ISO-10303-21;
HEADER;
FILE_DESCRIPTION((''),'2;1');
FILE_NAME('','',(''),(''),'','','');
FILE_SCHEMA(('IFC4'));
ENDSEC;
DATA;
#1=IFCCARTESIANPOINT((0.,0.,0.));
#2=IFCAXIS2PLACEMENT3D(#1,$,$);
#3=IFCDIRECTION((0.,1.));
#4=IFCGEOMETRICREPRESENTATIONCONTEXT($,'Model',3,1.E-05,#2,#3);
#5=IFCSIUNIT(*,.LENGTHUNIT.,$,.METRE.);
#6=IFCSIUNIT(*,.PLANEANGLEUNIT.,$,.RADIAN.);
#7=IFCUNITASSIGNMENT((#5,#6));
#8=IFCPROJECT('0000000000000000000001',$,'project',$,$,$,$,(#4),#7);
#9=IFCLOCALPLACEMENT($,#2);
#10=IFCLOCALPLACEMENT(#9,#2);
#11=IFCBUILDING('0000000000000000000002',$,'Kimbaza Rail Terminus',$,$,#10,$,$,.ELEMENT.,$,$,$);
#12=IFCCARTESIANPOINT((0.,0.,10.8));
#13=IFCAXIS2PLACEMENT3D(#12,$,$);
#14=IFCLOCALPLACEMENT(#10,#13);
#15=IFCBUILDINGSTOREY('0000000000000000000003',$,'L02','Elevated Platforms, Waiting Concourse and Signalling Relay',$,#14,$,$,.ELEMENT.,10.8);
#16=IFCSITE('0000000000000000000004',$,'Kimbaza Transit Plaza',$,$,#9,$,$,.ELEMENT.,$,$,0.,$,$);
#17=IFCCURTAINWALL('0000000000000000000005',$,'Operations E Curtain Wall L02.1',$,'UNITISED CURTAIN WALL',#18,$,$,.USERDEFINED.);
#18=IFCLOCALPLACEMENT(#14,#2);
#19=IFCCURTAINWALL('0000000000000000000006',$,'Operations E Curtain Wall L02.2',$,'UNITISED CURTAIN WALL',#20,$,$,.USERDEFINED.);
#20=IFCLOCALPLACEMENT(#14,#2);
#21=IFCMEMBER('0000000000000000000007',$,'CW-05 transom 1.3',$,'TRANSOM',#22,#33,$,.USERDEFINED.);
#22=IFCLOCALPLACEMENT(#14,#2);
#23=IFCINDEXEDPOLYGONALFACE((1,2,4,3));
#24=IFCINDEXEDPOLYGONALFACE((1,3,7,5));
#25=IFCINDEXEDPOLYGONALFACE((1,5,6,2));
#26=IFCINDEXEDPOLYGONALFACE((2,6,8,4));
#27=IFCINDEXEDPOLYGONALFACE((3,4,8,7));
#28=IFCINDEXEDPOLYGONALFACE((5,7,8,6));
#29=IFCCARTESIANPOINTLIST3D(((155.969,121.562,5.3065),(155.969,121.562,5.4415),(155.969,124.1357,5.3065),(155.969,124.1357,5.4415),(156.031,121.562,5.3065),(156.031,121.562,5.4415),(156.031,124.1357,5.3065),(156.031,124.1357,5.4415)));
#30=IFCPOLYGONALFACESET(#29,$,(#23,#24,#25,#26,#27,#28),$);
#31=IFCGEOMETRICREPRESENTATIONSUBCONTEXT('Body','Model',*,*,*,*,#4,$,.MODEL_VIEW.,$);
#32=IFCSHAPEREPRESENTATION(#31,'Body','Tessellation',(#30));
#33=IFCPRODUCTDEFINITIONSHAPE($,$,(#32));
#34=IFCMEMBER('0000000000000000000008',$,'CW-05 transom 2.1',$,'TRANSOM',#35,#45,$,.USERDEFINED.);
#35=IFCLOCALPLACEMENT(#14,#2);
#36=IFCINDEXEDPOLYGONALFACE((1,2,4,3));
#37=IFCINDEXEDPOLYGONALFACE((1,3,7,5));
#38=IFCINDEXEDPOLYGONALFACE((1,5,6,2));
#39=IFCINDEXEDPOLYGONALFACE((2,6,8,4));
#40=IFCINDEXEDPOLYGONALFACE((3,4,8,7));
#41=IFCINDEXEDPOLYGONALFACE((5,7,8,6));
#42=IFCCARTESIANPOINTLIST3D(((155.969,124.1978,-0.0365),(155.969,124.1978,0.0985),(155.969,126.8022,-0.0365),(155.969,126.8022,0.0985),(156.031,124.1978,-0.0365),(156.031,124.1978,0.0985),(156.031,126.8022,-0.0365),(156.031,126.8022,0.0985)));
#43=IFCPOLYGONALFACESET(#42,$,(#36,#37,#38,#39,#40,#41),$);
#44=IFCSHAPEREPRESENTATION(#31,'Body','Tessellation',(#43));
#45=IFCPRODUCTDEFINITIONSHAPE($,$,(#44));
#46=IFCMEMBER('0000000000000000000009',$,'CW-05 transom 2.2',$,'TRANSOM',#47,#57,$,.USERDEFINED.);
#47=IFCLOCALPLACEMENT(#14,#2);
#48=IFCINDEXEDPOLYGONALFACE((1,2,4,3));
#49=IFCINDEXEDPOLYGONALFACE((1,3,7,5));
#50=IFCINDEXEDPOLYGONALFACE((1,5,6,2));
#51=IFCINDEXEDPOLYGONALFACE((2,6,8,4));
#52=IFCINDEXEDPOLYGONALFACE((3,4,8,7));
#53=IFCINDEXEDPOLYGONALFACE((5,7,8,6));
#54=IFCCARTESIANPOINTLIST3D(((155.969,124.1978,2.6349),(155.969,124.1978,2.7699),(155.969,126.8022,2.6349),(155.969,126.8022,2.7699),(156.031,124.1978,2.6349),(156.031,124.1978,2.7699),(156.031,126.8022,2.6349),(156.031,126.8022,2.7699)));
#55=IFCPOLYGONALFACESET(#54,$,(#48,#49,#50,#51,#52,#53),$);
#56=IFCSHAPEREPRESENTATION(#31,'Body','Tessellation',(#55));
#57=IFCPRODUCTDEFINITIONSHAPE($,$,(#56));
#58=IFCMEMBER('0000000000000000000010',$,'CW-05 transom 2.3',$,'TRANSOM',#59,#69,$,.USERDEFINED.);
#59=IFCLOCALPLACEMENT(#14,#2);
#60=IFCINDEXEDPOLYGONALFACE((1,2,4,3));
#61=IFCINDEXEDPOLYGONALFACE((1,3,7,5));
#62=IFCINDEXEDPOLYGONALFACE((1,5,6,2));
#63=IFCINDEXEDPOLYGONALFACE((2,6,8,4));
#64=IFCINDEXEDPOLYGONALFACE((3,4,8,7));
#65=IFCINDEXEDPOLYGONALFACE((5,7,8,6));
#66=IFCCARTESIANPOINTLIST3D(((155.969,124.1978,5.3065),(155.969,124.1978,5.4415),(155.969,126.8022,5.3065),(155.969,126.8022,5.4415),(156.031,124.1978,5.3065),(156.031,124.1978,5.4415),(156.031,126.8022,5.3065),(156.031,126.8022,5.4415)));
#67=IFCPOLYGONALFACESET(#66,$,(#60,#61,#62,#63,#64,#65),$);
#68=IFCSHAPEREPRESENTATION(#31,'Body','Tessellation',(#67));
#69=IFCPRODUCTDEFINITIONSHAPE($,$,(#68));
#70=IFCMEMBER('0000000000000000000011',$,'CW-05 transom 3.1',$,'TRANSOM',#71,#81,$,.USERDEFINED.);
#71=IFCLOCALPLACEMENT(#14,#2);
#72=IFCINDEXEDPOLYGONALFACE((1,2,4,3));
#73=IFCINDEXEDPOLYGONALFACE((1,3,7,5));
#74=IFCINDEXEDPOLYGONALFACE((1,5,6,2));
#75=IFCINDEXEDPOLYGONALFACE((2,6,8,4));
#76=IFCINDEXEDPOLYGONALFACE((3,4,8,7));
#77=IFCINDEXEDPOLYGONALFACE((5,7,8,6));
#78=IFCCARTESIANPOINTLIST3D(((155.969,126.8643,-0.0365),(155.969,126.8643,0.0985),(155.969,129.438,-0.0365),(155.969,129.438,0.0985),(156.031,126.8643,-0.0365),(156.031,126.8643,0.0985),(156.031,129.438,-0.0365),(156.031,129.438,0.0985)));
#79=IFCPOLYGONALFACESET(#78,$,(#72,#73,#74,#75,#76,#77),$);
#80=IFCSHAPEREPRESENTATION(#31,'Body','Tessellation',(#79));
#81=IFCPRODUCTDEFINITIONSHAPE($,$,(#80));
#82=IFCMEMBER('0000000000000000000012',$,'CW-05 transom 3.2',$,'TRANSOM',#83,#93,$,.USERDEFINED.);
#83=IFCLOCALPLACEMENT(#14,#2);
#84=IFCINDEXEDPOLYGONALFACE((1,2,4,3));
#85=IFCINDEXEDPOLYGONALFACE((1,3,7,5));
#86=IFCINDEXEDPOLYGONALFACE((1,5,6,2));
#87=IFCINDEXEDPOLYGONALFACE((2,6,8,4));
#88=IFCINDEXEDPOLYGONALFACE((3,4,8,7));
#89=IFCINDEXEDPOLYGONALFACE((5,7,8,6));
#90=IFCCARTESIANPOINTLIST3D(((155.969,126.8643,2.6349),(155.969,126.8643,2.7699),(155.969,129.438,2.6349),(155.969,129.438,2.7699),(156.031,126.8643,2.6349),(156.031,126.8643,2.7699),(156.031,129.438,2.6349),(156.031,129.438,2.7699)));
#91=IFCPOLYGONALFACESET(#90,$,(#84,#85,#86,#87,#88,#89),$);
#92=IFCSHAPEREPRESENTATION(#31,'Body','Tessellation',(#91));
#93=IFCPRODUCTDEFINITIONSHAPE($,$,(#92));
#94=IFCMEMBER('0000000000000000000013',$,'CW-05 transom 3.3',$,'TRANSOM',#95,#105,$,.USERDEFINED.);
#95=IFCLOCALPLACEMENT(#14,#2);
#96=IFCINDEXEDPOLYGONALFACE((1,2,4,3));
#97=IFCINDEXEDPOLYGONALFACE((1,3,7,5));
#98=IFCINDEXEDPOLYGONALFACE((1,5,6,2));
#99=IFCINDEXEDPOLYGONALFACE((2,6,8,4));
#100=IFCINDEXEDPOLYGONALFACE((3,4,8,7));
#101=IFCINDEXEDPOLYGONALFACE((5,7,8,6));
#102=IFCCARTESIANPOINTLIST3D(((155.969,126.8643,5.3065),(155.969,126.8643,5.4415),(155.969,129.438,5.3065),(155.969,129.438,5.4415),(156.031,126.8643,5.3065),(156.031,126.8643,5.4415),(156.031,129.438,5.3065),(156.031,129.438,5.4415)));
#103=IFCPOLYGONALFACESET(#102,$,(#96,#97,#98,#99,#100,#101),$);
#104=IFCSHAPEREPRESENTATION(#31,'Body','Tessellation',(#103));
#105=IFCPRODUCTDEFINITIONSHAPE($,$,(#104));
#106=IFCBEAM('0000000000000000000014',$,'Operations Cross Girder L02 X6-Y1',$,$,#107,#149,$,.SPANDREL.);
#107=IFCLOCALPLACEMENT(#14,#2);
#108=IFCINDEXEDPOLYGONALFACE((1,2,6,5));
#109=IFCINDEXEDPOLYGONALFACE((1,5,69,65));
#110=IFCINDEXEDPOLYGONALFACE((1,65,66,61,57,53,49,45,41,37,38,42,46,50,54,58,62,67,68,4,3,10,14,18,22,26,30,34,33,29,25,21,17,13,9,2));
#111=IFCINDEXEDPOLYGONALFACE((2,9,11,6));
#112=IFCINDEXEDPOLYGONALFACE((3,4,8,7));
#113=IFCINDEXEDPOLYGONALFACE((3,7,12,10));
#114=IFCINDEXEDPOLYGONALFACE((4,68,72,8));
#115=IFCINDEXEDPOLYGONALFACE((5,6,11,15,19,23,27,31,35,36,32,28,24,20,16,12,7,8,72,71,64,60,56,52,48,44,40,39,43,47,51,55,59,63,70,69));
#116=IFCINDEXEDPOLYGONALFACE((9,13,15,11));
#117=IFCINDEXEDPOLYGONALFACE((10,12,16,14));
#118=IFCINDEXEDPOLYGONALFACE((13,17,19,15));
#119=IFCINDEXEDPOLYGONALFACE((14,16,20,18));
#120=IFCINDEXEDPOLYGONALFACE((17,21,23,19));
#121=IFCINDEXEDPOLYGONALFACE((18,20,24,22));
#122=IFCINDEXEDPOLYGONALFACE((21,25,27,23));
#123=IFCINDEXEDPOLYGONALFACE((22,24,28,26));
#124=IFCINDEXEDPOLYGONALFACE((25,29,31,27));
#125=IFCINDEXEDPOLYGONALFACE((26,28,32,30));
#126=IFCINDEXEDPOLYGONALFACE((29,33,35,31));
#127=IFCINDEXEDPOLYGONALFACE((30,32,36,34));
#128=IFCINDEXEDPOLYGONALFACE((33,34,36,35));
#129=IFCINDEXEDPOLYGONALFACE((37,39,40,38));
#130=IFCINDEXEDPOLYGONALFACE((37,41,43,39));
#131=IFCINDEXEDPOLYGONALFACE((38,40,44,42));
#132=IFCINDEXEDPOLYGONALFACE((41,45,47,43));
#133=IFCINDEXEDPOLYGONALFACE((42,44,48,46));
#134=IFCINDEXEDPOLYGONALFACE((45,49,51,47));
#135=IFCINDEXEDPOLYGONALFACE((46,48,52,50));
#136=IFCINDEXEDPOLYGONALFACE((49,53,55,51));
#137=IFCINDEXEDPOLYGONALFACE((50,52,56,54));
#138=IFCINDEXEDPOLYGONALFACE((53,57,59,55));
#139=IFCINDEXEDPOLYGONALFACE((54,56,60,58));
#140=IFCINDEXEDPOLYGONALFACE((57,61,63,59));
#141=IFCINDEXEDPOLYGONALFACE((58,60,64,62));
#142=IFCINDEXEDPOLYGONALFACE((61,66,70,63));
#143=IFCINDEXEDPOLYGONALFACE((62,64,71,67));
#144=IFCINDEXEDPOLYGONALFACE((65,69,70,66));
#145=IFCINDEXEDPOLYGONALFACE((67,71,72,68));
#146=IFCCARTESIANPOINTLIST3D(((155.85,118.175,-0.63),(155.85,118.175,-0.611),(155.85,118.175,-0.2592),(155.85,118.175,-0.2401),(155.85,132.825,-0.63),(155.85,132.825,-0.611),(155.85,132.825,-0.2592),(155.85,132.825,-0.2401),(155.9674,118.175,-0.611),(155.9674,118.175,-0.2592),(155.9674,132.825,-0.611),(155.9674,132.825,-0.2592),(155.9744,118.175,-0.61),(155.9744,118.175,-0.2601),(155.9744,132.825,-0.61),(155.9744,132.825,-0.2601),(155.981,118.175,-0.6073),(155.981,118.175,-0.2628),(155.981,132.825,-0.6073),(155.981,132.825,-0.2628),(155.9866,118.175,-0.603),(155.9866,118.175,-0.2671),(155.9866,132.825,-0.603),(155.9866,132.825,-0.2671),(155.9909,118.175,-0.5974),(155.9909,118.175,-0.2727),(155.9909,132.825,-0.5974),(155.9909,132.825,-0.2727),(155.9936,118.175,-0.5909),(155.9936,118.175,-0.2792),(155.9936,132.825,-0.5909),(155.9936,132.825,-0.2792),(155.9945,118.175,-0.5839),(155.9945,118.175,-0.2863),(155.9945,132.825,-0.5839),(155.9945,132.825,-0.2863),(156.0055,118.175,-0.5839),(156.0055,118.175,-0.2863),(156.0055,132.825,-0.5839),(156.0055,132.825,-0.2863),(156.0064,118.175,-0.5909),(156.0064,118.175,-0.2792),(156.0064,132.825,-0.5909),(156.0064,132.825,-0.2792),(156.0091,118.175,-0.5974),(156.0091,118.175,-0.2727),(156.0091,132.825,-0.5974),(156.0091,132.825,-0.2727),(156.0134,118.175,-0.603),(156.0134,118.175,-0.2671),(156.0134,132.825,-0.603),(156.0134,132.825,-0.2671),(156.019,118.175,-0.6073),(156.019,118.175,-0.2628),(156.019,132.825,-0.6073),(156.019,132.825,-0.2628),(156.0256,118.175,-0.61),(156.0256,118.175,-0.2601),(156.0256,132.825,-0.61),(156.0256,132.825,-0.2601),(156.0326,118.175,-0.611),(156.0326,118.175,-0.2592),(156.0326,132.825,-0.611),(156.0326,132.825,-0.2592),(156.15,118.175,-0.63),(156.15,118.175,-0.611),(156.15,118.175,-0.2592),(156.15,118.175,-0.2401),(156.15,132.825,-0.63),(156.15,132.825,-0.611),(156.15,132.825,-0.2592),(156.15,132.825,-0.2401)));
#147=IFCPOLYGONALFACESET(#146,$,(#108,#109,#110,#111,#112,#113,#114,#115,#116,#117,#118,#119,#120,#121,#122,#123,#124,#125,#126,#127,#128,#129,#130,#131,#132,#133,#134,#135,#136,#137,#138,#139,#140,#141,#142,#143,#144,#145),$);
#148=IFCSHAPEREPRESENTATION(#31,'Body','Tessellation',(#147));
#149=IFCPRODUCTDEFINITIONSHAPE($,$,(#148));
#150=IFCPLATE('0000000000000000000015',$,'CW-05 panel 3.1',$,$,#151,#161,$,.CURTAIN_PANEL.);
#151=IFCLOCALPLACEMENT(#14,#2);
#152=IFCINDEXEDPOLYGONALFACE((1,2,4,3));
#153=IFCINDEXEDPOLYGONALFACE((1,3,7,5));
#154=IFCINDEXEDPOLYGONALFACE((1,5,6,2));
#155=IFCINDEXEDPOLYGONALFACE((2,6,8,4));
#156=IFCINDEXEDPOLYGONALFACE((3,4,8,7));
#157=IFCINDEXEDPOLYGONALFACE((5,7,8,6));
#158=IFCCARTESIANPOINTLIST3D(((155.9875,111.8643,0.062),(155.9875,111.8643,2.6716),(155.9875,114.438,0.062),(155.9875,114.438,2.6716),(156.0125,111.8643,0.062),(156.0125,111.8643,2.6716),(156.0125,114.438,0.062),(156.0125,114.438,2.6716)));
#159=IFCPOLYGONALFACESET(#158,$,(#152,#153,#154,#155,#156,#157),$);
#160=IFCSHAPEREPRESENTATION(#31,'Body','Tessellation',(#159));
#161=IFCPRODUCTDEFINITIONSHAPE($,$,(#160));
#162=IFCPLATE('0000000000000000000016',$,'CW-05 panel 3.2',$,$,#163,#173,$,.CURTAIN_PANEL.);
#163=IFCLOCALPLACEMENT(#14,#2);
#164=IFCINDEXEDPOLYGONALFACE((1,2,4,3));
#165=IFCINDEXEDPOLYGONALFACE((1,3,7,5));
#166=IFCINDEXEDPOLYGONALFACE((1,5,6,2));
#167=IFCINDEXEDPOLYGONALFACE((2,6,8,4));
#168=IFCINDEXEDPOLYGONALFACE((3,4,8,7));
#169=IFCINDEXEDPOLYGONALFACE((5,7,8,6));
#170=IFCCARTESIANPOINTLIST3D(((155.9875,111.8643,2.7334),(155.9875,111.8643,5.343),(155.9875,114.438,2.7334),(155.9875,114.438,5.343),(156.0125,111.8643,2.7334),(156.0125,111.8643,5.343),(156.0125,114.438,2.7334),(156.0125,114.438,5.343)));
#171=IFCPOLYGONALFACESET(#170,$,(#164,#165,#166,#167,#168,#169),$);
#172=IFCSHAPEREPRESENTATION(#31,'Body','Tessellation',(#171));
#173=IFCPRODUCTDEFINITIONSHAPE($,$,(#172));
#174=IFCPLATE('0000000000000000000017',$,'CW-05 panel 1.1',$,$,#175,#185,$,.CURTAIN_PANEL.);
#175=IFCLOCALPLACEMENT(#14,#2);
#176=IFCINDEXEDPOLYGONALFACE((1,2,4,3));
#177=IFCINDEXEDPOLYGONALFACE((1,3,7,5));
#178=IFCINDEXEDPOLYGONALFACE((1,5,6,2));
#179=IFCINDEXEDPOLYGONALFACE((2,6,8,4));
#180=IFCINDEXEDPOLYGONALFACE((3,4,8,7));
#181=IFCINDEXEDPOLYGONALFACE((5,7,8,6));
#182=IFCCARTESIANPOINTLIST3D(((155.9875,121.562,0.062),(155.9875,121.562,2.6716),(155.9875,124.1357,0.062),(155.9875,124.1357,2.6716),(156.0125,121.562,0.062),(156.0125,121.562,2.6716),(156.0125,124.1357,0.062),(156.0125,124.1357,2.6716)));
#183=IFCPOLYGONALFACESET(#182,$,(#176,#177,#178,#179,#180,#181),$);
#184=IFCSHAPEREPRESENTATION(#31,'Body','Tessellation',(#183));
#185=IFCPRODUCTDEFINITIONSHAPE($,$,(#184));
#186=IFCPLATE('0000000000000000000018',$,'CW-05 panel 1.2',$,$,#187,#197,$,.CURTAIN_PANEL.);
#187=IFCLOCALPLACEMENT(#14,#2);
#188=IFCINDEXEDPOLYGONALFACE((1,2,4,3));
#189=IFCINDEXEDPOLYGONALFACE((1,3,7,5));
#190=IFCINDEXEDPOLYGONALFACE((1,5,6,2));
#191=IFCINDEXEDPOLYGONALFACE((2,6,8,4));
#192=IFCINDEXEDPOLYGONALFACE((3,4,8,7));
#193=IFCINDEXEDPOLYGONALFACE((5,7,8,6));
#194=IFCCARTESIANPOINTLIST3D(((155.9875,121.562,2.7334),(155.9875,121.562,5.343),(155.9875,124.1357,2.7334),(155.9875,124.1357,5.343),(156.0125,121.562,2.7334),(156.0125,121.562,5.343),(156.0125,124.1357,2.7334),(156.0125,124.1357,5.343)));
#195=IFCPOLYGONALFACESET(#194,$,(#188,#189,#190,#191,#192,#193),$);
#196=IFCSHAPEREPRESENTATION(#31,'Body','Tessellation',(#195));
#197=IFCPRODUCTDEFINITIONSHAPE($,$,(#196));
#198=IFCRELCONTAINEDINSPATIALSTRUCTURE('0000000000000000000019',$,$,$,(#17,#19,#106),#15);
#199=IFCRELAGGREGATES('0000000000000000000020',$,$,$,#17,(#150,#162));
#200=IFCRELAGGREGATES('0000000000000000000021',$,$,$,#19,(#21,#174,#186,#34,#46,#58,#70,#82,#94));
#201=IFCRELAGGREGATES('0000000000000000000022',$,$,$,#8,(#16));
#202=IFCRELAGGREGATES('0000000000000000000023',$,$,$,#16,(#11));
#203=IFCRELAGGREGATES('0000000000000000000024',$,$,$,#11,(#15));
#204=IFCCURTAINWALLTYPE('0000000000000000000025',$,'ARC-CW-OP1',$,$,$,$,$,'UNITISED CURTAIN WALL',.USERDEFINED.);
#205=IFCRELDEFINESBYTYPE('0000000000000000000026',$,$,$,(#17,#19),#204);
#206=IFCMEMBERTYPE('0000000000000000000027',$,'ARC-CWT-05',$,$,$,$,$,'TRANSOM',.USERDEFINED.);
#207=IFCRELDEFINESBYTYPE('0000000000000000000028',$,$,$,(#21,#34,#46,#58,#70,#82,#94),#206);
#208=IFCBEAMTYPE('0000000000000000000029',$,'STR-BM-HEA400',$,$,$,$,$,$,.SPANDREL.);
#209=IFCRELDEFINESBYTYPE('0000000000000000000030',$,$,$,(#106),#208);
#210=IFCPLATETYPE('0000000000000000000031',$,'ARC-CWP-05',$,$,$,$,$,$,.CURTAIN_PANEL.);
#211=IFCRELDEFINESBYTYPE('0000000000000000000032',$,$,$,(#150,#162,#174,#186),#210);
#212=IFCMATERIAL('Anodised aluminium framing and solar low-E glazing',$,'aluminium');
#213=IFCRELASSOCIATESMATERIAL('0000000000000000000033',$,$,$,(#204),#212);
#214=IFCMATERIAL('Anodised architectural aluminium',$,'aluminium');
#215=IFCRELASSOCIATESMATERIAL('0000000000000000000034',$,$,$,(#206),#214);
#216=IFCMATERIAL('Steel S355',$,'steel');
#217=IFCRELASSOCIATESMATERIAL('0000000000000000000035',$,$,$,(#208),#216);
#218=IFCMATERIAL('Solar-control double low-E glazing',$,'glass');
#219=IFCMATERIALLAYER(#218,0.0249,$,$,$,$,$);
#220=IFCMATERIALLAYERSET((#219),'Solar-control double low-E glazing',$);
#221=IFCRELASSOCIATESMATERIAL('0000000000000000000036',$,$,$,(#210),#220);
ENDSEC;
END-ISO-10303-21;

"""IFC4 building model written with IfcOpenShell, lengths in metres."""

from ifc_helpers import new_model, si_unit, direction, frame, origin, origin_2d, place, context, subcontext, project, spatial, rectangle, i_section, extrude, material, layer, layer_set, material_profile, profile_set, type_object, element, aggregate, save


model = new_model("IFC4")

# Units and contexts
model_context = context("Model", 3, precision=1e-05, world=origin(), true_north=direction((0.0, 1.0)))
body_context = subcontext(model_context, "Body", "Model", "MODEL_VIEW")
ifc_project = project(units=[si_unit("LENGTHUNIT", "METRE"), si_unit("PLANEANGLEUNIT", "RADIAN")], contexts=[model_context])

# Site, building, storey
site_placement = place(None, origin())
site = spatial("IfcSite", under=ifc_project, at=site_placement, Name="Kimbaza Transit Plaza", CompositionType="ELEMENT", RefElevation=0.0)
building_placement = place(site_placement, origin())
building = spatial("IfcBuilding", under=site, at=building_placement, Name="Kimbaza Rail Terminus", CompositionType="ELEMENT")
storey_placement = place(building_placement, frame((0.0, 0.0, 10.8)))
storey = spatial("IfcBuildingStorey", under=building, at=storey_placement, Name="L02", Description="Elevated Platforms, Waiting Concourse and Signalling Relay", CompositionType="ELEMENT", Elevation=10.8)

# Curtain wall
ifc_material_1 = material(Name="Anodised aluminium framing and solar low-E glazing", Category="aluminium")
curtain_wall_type = type_object("IfcCurtainWallType", Name="ARC-CW-OP1", ElementType="UNITISED CURTAIN WALL", PredefinedType="USERDEFINED", material=ifc_material_1)
curtain_wall_1_placement = place(storey_placement, origin())
curtain_wall_1 = element("IfcCurtainWall", 1, at=curtain_wall_1_placement, inside=storey, type_object=curtain_wall_type, Name="Operations E Curtain Wall L02.1", ObjectType="UNITISED CURTAIN WALL", PredefinedType="USERDEFINED")

# Curtain wall, members
curtain_wall_2_placement = place(storey_placement, origin())
curtain_wall_2 = element("IfcCurtainWall", 2, at=curtain_wall_2_placement, inside=storey, type_object=curtain_wall_type, Name="Operations E Curtain Wall L02.2", ObjectType="UNITISED CURTAIN WALL", PredefinedType="USERDEFINED")
ifc_material_2 = material(Name="Anodised architectural aluminium", Category="aluminium")
ifc_material_profile_1 = material_profile(ifc_material_2, rectangle(XDim=0.062, YDim=0.135, at=origin_2d()), Name="TRANSOM 62x135")
ifc_profile_set_1 = profile_set([ifc_material_profile_1], Name="Anodised architectural aluminium")
member_type_1 = type_object("IfcMemberType", Name="ARC-CWT-05", ElementType="TRANSOM", PredefinedType="USERDEFINED", material=ifc_profile_set_1)
member_1_placement = place(storey_placement, frame((156.0, 121.562, 5.374), z_axis=(0.0, 1.0, 0.0), x_axis=(-1.0, 0.0, 0.0)))
member_1 = element("IfcMember", 3, at=member_1_placement, type_object=member_type_1, Name="CW-05 transom 1.3", ObjectType="TRANSOM", PredefinedType="USERDEFINED", context=body_context, shape_type="SweptSolid", body=[
    extrude(rectangle(XDim=0.062, YDim=0.135, at=origin_2d()), origin(), (0.0, 0.0, 1.0), 2.5737),
])
member_2_placement = place(storey_placement, frame((156.0, 124.1978, 0.031), z_axis=(0.0, 1.0, 0.0), x_axis=(-1.0, 0.0, 0.0)))
member_2 = element("IfcMember", 4, at=member_2_placement, type_object=member_type_1, Name="CW-05 transom 2.1", ObjectType="TRANSOM", PredefinedType="USERDEFINED", context=body_context, shape_type="SweptSolid", body=[
    extrude(rectangle(XDim=0.062, YDim=0.135, at=origin_2d()), origin(), (0.0, 0.0, 1.0), 2.6045),
])
member_3_placement = place(storey_placement, frame((156.0, 124.1978, 2.7024), z_axis=(0.0, 1.0, 0.0), x_axis=(-1.0, 0.0, 0.0)))
member_3 = element("IfcMember", 5, at=member_3_placement, type_object=member_type_1, Name="CW-05 transom 2.2", ObjectType="TRANSOM", PredefinedType="USERDEFINED", context=body_context, shape_type="SweptSolid", body=[
    extrude(rectangle(XDim=0.062, YDim=0.135, at=origin_2d()), origin(), (0.0, 0.0, 1.0), 2.6045),
])
member_4_placement = place(storey_placement, frame((156.0, 124.1978, 5.374), z_axis=(0.0, 1.0, 0.0), x_axis=(-1.0, 0.0, 0.0)))
member_4 = element("IfcMember", 6, at=member_4_placement, type_object=member_type_1, Name="CW-05 transom 2.3", ObjectType="TRANSOM", PredefinedType="USERDEFINED", context=body_context, shape_type="SweptSolid", body=[
    extrude(rectangle(XDim=0.062, YDim=0.135, at=origin_2d()), origin(), (0.0, 0.0, 1.0), 2.6045),
])
member_5_placement = place(storey_placement, frame((156.0, 126.8643, 0.031), z_axis=(0.0, 1.0, 0.0), x_axis=(-1.0, 0.0, 0.0)))
member_5 = element("IfcMember", 7, at=member_5_placement, type_object=member_type_1, Name="CW-05 transom 3.1", ObjectType="TRANSOM", PredefinedType="USERDEFINED", context=body_context, shape_type="SweptSolid", body=[
    extrude(rectangle(XDim=0.062, YDim=0.135, at=origin_2d()), origin(), (0.0, 0.0, 1.0), 2.5737),
])
member_6_placement = place(storey_placement, frame((156.0, 126.8643, 2.7024), z_axis=(0.0, 1.0, 0.0), x_axis=(-1.0, 0.0, 0.0)))
member_6 = element("IfcMember", 8, at=member_6_placement, type_object=member_type_1, Name="CW-05 transom 3.2", ObjectType="TRANSOM", PredefinedType="USERDEFINED", context=body_context, shape_type="SweptSolid", body=[
    extrude(rectangle(XDim=0.062, YDim=0.135, at=origin_2d()), origin(), (0.0, 0.0, 1.0), 2.5737),
])
member_7_placement = place(storey_placement, frame((156.0, 126.8643, 5.374), z_axis=(0.0, 1.0, 0.0), x_axis=(-1.0, 0.0, 0.0)))
member_7 = element("IfcMember", 9, at=member_7_placement, type_object=member_type_1, Name="CW-05 transom 3.3", ObjectType="TRANSOM", PredefinedType="USERDEFINED", context=body_context, shape_type="SweptSolid", body=[
    extrude(rectangle(XDim=0.062, YDim=0.135, at=origin_2d()), origin(), (0.0, 0.0, 1.0), 2.5737),
])

# Beam
ifc_material_3 = material(Name="Steel S355", Category="steel")
ifc_material_profile_2 = material_profile(ifc_material_3, i_section(OverallWidth=0.3, OverallDepth=0.3899, WebThickness=0.011, FlangeThickness=0.019, FilletRadius=0.0271, at=origin_2d()), Name="HEA 400")
ifc_profile_set_2 = profile_set([ifc_material_profile_2], Name="Steel S355")
beam_type = type_object("IfcBeamType", Name="STR-BM-HEA400", PredefinedType="SPANDREL", material=ifc_profile_set_2)
beam_placement = place(storey_placement, frame((156.0, 118.175, -0.4351), z_axis=(0.0, 1.0, 0.0), x_axis=(-1.0, 0.0, 0.0)))
element("IfcBeam", 10, at=beam_placement, inside=storey, type_object=beam_type, Name="Operations Cross Girder L02 X6-Y1", PredefinedType="SPANDREL", context=body_context, shape_type="SweptSolid", body=[
    extrude(i_section(OverallWidth=0.3, OverallDepth=0.3899, WebThickness=0.011, FlangeThickness=0.019, FilletRadius=0.0271, at=origin_2d()), origin(), (0.0, 0.0, 1.0), 14.6499),
])

# Plates
ifc_material_4 = material(Name="Solar-control double low-E glazing", Category="glass")
ifc_layer_1 = layer(ifc_material_4, 0.0249)
ifc_layer_set_1 = layer_set([ifc_layer_1], Name="Solar-control double low-E glazing")
plate_type = type_object("IfcPlateType", Name="ARC-CWP-05", PredefinedType="CURTAIN_PANEL", material=ifc_layer_set_1)
plate_1_placement = place(storey_placement, frame((156.0, 113.1511, 0.062), z_axis=(0.0, 0.0, 1.0), x_axis=(0.0, 1.0, 0.0)))
plate_1 = element("IfcPlate", 11, at=plate_1_placement, type_object=plate_type, Name="CW-05 panel 3.1", PredefinedType="CURTAIN_PANEL", context=body_context, shape_type="SweptSolid", body=[
    extrude(rectangle(XDim=2.5737, YDim=0.0249, at=origin_2d()), origin(), (0.0, 0.0, 1.0), 2.6096),
])
plate_2_placement = place(storey_placement, frame((156.0, 113.1511, 2.7334), z_axis=(0.0, 0.0, 1.0), x_axis=(0.0, 1.0, 0.0)))
plate_2 = element("IfcPlate", 12, at=plate_2_placement, type_object=plate_type, Name="CW-05 panel 3.2", PredefinedType="CURTAIN_PANEL", context=body_context, shape_type="SweptSolid", body=[
    extrude(rectangle(XDim=2.5737, YDim=0.0249, at=origin_2d()), origin(), (0.0, 0.0, 1.0), 2.6096),
])
aggregate(curtain_wall_1, [plate_1, plate_2])
plate_3_placement = place(storey_placement, frame((156.0, 122.8489, 0.062), z_axis=(0.0, 0.0, 1.0), x_axis=(0.0, 1.0, 0.0)))
plate_3 = element("IfcPlate", 13, at=plate_3_placement, type_object=plate_type, Name="CW-05 panel 1.1", PredefinedType="CURTAIN_PANEL", context=body_context, shape_type="SweptSolid", body=[
    extrude(rectangle(XDim=2.5737, YDim=0.0249, at=origin_2d()), origin(), (0.0, 0.0, 1.0), 2.6096),
])
plate_4_placement = place(storey_placement, frame((156.0, 122.8489, 2.7334), z_axis=(0.0, 0.0, 1.0), x_axis=(0.0, 1.0, 0.0)))
plate_4 = element("IfcPlate", 14, at=plate_4_placement, type_object=plate_type, Name="CW-05 panel 1.2", PredefinedType="CURTAIN_PANEL", context=body_context, shape_type="SweptSolid", body=[
    extrude(rectangle(XDim=2.5737, YDim=0.0249, at=origin_2d()), origin(), (0.0, 0.0, 1.0), 2.6096),
])
aggregate(curtain_wall_2, [member_1, plate_3, plate_4, member_2, member_3, member_4, member_5, member_6, member_7])

save(model, "model.ifc")
